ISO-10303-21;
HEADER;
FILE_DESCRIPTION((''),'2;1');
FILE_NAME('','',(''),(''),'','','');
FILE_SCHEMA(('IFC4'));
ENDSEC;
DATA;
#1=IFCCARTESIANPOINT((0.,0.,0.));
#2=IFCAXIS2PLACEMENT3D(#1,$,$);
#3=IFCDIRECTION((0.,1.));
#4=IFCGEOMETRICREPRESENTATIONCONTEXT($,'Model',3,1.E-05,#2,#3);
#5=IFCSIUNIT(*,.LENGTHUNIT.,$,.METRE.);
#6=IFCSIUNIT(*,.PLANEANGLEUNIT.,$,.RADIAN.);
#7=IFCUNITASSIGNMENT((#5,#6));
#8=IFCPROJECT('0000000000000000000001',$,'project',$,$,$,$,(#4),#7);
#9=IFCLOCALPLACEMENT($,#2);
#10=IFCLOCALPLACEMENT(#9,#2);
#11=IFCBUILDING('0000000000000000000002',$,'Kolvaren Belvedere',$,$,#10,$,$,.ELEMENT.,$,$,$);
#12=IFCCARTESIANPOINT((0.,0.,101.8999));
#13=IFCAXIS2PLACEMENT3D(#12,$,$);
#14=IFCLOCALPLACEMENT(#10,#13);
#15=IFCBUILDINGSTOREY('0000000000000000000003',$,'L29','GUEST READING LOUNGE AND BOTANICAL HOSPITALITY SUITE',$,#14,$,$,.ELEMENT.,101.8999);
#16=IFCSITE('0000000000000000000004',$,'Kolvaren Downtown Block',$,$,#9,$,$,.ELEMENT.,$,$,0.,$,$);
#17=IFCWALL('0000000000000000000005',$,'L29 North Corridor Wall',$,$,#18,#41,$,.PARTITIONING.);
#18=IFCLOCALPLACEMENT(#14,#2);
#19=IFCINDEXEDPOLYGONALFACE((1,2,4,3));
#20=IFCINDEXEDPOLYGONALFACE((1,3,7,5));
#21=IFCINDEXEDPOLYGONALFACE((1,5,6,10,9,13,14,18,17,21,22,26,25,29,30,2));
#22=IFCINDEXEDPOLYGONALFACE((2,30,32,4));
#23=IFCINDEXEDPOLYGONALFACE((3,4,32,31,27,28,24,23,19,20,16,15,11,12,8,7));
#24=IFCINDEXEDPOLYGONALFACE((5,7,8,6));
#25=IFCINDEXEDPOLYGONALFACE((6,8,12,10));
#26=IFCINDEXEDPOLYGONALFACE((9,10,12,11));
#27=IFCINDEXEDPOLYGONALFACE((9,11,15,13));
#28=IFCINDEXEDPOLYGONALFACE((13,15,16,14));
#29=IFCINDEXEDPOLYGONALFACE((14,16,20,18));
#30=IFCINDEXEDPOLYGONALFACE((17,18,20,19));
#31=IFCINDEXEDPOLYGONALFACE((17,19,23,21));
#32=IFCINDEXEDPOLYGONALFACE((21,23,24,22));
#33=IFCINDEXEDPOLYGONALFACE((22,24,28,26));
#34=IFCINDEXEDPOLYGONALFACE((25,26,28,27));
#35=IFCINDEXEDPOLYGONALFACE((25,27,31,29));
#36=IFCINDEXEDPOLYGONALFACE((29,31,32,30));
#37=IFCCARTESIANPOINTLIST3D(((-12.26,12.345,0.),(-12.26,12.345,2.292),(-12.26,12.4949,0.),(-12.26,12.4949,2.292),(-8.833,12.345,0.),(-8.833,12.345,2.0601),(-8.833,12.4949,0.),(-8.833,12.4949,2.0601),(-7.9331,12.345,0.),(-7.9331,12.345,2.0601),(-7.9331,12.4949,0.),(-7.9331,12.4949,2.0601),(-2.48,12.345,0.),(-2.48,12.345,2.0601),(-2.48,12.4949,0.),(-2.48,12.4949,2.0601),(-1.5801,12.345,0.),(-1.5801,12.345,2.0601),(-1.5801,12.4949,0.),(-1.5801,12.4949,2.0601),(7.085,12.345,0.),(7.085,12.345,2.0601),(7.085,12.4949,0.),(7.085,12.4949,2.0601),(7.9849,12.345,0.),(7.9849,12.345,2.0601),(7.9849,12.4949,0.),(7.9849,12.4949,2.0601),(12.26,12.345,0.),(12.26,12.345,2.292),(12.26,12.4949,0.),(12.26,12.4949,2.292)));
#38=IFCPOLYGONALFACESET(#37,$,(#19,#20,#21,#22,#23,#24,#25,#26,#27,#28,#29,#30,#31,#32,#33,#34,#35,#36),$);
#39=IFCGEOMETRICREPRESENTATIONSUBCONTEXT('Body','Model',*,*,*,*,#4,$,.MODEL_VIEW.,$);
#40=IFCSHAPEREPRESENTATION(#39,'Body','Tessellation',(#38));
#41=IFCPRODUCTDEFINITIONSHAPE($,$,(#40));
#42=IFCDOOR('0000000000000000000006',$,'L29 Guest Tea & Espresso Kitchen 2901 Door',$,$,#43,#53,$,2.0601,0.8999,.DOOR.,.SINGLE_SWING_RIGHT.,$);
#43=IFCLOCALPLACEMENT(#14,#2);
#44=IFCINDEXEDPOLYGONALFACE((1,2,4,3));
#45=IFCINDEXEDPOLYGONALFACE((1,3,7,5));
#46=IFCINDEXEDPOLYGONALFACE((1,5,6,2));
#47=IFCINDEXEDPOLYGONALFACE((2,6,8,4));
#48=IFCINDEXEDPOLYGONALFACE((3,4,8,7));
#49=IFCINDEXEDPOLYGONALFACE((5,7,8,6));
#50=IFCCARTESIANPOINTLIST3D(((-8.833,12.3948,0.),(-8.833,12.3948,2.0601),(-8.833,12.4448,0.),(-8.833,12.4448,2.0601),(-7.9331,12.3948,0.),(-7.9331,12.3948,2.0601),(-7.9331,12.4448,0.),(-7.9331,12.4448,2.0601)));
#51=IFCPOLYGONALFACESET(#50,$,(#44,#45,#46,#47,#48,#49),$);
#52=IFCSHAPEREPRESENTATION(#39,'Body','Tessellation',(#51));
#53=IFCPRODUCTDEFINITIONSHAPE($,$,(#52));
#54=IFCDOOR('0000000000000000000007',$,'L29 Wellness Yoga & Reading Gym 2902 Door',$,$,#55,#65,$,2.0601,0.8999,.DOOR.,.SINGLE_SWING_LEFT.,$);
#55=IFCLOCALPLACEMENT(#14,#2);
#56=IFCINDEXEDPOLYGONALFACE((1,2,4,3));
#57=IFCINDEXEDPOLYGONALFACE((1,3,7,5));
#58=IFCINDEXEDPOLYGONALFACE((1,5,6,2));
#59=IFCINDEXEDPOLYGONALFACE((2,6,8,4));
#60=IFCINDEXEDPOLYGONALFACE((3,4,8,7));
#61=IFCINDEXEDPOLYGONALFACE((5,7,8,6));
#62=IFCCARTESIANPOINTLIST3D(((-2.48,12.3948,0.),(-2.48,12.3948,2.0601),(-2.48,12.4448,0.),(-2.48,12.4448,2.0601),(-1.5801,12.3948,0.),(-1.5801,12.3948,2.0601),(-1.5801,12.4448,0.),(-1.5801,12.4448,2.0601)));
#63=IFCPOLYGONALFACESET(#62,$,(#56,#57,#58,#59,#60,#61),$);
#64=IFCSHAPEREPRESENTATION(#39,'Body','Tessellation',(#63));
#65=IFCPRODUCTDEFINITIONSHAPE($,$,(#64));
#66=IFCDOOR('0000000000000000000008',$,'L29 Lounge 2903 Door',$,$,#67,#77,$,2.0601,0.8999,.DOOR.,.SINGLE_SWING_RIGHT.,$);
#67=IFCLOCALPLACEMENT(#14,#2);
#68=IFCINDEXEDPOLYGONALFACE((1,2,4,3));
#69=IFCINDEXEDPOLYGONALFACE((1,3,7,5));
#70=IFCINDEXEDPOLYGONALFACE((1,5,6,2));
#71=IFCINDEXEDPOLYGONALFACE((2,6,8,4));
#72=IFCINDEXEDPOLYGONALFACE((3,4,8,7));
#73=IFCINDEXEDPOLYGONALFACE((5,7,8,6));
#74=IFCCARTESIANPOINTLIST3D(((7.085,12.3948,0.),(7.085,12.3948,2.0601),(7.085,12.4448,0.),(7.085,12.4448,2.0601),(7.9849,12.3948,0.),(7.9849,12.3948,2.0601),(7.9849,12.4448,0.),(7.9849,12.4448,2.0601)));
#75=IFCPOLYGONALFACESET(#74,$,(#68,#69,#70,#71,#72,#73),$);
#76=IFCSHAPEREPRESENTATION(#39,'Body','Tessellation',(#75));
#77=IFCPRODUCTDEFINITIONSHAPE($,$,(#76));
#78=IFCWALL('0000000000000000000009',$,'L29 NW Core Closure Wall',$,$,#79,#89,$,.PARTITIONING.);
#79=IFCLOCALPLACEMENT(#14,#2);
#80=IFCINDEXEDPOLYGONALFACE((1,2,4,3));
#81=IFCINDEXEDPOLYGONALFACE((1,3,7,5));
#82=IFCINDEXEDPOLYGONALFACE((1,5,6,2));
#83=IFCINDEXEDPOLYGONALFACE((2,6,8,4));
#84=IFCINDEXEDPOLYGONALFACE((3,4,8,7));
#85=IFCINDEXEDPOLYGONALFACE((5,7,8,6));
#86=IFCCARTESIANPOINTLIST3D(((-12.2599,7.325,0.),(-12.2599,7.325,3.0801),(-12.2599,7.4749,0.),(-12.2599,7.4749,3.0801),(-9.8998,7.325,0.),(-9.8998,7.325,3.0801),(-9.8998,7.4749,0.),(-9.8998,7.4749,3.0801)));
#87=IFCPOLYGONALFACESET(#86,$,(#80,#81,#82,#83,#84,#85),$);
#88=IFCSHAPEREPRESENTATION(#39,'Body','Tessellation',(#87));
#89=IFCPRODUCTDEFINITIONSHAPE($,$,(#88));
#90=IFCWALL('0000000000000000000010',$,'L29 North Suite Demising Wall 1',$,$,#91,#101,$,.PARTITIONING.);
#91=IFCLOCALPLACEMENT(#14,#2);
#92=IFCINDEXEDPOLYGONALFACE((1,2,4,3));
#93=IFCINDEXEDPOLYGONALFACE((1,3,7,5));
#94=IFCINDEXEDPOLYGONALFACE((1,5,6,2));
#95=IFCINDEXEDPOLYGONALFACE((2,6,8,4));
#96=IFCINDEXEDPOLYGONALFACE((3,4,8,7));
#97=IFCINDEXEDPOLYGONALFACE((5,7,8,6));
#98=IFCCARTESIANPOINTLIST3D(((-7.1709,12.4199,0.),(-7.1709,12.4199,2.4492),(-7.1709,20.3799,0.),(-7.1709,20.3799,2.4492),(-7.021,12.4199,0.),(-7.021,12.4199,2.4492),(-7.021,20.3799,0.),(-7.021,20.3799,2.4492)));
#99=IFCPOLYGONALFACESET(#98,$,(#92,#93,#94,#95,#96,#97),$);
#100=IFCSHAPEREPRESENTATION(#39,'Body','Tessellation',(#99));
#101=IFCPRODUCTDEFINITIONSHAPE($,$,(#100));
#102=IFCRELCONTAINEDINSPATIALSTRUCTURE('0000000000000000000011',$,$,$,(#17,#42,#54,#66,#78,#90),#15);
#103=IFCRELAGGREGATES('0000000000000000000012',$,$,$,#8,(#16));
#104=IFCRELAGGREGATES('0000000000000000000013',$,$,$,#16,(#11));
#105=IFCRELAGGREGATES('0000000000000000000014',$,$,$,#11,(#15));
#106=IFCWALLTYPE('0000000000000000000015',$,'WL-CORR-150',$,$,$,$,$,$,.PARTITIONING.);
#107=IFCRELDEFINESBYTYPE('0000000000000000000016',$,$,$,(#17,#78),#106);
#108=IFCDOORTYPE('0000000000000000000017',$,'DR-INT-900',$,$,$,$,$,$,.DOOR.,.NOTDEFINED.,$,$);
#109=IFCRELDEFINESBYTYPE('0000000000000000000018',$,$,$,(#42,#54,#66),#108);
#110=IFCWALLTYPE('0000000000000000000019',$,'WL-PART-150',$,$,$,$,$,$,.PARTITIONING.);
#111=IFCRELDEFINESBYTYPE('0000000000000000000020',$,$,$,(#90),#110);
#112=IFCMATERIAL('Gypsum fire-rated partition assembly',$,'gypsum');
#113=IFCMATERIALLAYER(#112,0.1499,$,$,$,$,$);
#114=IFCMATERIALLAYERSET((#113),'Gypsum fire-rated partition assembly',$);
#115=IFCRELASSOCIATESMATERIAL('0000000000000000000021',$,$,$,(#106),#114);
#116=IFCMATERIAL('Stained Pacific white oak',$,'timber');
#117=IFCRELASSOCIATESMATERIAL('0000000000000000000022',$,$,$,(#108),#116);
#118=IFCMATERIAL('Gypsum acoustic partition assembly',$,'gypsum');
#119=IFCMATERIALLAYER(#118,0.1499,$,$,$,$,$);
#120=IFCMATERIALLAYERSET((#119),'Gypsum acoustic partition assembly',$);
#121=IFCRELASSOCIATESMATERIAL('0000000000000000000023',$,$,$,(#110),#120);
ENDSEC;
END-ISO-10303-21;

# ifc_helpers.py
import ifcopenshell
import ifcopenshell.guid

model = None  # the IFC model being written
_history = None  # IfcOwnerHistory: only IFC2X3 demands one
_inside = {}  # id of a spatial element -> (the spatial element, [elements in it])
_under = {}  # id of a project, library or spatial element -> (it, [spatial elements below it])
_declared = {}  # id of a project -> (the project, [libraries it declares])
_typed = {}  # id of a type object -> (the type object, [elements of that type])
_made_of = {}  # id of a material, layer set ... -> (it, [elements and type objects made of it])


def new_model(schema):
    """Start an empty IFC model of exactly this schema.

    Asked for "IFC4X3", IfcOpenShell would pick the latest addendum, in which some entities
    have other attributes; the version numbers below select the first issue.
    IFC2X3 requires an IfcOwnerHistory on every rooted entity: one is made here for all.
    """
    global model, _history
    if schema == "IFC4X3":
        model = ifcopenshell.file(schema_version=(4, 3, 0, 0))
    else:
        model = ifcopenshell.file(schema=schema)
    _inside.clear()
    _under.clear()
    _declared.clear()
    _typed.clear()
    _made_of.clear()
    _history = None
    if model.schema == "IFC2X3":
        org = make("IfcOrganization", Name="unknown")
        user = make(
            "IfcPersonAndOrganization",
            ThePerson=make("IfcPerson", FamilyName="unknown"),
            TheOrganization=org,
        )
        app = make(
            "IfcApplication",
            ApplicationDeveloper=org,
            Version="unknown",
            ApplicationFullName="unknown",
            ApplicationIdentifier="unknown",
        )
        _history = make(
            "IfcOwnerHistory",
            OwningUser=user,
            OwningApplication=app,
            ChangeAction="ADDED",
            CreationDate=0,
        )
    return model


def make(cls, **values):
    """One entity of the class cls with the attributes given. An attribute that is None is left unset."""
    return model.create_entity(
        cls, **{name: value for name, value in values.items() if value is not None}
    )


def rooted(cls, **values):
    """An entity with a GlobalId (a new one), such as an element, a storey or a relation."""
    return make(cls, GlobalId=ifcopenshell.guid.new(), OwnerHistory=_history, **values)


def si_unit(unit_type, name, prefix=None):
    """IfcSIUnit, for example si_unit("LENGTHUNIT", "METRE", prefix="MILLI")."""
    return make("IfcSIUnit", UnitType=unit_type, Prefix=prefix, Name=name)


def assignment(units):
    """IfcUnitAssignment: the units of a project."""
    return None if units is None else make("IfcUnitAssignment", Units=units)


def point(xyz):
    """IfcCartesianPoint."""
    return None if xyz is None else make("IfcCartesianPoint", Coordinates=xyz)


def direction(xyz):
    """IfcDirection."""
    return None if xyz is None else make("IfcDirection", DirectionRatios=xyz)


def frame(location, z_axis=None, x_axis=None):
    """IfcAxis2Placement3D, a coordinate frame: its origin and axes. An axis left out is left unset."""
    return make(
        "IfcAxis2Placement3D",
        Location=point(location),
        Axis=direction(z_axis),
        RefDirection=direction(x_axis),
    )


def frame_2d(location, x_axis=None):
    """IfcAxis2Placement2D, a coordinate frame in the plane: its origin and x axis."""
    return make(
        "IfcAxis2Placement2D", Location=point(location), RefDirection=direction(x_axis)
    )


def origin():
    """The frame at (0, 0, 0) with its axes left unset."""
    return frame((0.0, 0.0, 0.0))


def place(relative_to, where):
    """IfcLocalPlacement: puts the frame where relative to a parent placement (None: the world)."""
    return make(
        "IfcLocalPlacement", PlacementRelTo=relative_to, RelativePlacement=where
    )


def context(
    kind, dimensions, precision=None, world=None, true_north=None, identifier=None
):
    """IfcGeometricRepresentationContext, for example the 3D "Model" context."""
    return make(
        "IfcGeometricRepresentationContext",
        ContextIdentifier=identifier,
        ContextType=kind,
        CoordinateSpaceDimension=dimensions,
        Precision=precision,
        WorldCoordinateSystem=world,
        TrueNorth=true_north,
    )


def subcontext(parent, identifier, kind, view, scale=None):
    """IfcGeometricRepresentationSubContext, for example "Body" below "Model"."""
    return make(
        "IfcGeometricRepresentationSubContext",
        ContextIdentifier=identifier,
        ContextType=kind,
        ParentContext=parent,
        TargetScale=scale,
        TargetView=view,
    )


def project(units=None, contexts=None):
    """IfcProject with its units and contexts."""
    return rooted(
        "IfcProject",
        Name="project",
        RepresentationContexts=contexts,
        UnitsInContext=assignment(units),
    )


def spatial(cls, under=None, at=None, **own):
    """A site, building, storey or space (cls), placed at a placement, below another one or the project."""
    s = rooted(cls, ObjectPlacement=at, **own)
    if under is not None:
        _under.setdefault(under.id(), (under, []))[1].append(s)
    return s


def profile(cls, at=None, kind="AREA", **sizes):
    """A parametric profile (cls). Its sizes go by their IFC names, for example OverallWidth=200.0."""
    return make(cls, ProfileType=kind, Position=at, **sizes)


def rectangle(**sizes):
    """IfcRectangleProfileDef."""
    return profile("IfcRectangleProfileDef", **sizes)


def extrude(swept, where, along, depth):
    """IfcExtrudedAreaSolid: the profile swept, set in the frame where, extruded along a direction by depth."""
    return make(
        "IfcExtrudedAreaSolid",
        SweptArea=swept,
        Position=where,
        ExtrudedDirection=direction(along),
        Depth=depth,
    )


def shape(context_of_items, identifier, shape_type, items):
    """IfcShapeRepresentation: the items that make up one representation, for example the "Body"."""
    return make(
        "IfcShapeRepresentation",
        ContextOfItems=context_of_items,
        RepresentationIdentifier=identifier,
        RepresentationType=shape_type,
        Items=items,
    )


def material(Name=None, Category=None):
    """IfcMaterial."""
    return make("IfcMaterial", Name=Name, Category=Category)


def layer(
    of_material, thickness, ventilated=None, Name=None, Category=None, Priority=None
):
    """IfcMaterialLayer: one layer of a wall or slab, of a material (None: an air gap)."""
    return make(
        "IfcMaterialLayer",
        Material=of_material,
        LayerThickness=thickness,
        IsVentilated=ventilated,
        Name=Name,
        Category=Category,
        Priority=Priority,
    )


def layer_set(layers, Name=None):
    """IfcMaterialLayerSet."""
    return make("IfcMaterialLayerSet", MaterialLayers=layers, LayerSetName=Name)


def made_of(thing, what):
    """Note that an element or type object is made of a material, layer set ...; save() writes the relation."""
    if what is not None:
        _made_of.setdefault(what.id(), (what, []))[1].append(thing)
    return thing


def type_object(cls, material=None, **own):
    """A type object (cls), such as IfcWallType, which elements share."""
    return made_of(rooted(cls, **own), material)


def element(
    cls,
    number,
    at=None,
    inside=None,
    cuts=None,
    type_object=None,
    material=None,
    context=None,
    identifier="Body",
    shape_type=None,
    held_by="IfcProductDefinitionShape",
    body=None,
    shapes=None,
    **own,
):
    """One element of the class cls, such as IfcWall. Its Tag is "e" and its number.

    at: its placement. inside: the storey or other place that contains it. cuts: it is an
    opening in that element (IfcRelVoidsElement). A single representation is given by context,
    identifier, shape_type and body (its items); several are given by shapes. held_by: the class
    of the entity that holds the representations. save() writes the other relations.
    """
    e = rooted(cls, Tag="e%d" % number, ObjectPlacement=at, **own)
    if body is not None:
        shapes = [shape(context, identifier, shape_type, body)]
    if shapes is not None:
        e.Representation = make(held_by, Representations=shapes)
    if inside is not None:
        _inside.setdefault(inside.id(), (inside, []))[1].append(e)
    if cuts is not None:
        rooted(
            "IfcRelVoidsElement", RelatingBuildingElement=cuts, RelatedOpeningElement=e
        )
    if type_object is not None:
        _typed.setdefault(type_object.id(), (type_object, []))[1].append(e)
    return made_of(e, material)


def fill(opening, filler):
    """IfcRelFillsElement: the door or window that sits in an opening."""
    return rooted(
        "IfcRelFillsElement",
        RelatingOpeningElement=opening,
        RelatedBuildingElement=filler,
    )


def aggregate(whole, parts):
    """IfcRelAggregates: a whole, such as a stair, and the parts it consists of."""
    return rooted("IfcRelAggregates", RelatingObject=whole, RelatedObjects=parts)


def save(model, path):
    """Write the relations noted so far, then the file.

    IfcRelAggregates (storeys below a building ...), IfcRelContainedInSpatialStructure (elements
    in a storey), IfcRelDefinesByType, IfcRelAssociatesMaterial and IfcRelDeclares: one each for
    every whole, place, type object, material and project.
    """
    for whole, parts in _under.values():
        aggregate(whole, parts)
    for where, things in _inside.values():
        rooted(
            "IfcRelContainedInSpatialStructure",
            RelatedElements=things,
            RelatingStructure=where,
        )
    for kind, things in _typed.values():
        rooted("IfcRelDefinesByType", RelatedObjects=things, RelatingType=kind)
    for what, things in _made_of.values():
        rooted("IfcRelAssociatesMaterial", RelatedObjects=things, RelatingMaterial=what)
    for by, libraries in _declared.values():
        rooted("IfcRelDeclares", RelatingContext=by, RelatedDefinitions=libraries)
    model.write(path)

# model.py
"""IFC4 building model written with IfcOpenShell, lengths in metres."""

from ifc_helpers import new_model, si_unit, direction, frame, frame_2d, origin, place, context, subcontext, project, spatial, rectangle, extrude, material, layer, layer_set, type_object, element, fill, save


model = new_model("IFC4")

# Units and contexts
model_context = context("Model", 3, precision=1e-05, world=origin(), true_north=direction((0.0, 1.0)))
body_context = subcontext(model_context, "Body", "Model", "MODEL_VIEW")
ifc_project = project(units=[si_unit("LENGTHUNIT", "METRE"), si_unit("PLANEANGLEUNIT", "RADIAN")], contexts=[model_context])

# Site, building, storey
site_placement = place(None, origin())
site = spatial("IfcSite", under=ifc_project, at=site_placement, Name="Kolvaren Downtown Block", CompositionType="ELEMENT", RefElevation=0.0)
building_placement = place(site_placement, origin())
building = spatial("IfcBuilding", under=site, at=building_placement, Name="Kolvaren Belvedere", CompositionType="ELEMENT")
storey_placement = place(building_placement, frame((0.0, 0.0, 101.8999)))
storey = spatial("IfcBuildingStorey", under=building, at=storey_placement, Name="L29", Description="GUEST READING LOUNGE AND BOTANICAL HOSPITALITY SUITE", CompositionType="ELEMENT", Elevation=101.8999)

# Wall, openings, doors
ifc_material_1 = material(Name="Gypsum fire-rated partition assembly", Category="gypsum")
ifc_layer_1 = layer(ifc_material_1, 0.1499)
ifc_layer_set_1 = layer_set([ifc_layer_1], Name="Gypsum fire-rated partition assembly")
wall_type_1 = type_object("IfcWallType", Name="WL-CORR-150", PredefinedType="PARTITIONING", material=ifc_layer_set_1)
wall_1_placement = place(storey_placement, frame((-12.26, 12.4199, 0.0), z_axis=(0.0, 0.0, 1.0), x_axis=(1.0, 0.0, 0.0)))
wall_1 = element("IfcWall", 1, at=wall_1_placement, inside=storey, type_object=wall_type_1, Name="L29 North Corridor Wall", PredefinedType="PARTITIONING", context=body_context, shape_type="SweptSolid", body=[
    extrude(rectangle(XDim=24.52, YDim=0.1499, at=frame_2d((12.26, 0.0))), origin(), (0.0, 0.0, 1.0), 2.292),
])
opening_1_placement = place(wall_1_placement, frame((3.427, 0.0, 0.0)))
opening_1 = element("IfcOpeningElement", 2, at=opening_1_placement, cuts=wall_1, PredefinedType="OPENING", context=body_context, shape_type="SweptSolid", body=[
    extrude(rectangle(XDim=0.8999, YDim=2.0601, at=frame_2d((0.45, 1.03))), frame((0.0, 0.085, 0.0), z_axis=(0.0, -1.0, 0.0), x_axis=(1.0, 0.0, 0.0)), (0.0, 0.0, 1.0), 0.1699),
])
opening_2_placement = place(wall_1_placement, frame((9.78, 0.0, 0.0)))
opening_2 = element("IfcOpeningElement", 3, at=opening_2_placement, cuts=wall_1, PredefinedType="OPENING", context=body_context, shape_type="SweptSolid", body=[
    extrude(rectangle(XDim=0.8999, YDim=2.0601, at=frame_2d((0.45, 1.03))), frame((0.0, 0.085, 0.0), z_axis=(0.0, -1.0, 0.0), x_axis=(1.0, 0.0, 0.0)), (0.0, 0.0, 1.0), 0.1699),
])
opening_3_placement = place(wall_1_placement, frame((19.345, 0.0, 0.0)))
opening_3 = element("IfcOpeningElement", 4, at=opening_3_placement, cuts=wall_1, PredefinedType="OPENING", context=body_context, shape_type="SweptSolid", body=[
    extrude(rectangle(XDim=0.8999, YDim=2.0601, at=frame_2d((0.45, 1.03))), frame((0.0, 0.085, 0.0), z_axis=(0.0, -1.0, 0.0), x_axis=(1.0, 0.0, 0.0)), (0.0, 0.0, 1.0), 0.1699),
])
ifc_material_2 = material(Name="Stained Pacific white oak", Category="timber")
door_type = type_object("IfcDoorType", Name="DR-INT-900", OperationType="NOTDEFINED", PredefinedType="DOOR", material=ifc_material_2)
door_1_placement = place(opening_1_placement, origin())
door_1 = element("IfcDoor", 5, at=door_1_placement, inside=storey, type_object=door_type, Name="L29 Guest Tea & Espresso Kitchen 2901 Door", OperationType="SINGLE_SWING_RIGHT", OverallHeight=2.0601, OverallWidth=0.8999, PredefinedType="DOOR", context=body_context, shape_type="SweptSolid", body=[
    extrude(rectangle(XDim=0.8999, YDim=2.0601, at=frame_2d((0.45, 1.03))), frame((0.0, 0.0249, 0.0), z_axis=(0.0, -1.0, 0.0), x_axis=(1.0, 0.0, 0.0)), (0.0, 0.0, 1.0), 0.05),
])
fill(opening_1, door_1)
door_2_placement = place(opening_2_placement, origin())
door_2 = element("IfcDoor", 6, at=door_2_placement, inside=storey, type_object=door_type, Name="L29 Wellness Yoga & Reading Gym 2902 Door", OperationType="SINGLE_SWING_LEFT", OverallHeight=2.0601, OverallWidth=0.8999, PredefinedType="DOOR", context=body_context, shape_type="SweptSolid", body=[
    extrude(rectangle(XDim=0.8999, YDim=2.0601, at=frame_2d((0.45, 1.03))), frame((0.0, 0.0249, 0.0), z_axis=(0.0, -1.0, 0.0), x_axis=(1.0, 0.0, 0.0)), (0.0, 0.0, 1.0), 0.05),
])
fill(opening_2, door_2)
door_3_placement = place(opening_3_placement, origin())
door_3 = element("IfcDoor", 7, at=door_3_placement, inside=storey, type_object=door_type, Name="L29 Lounge 2903 Door", OperationType="SINGLE_SWING_RIGHT", OverallHeight=2.0601, OverallWidth=0.8999, PredefinedType="DOOR", context=body_context, shape_type="SweptSolid", body=[
    extrude(rectangle(XDim=0.8999, YDim=2.0601, at=frame_2d((0.45, 1.03))), frame((0.0, 0.0249, 0.0), z_axis=(0.0, -1.0, 0.0), x_axis=(1.0, 0.0, 0.0)), (0.0, 0.0, 1.0), 0.05),
])
fill(opening_3, door_3)

# Walls
wall_2_placement = place(storey_placement, frame((-12.26, 7.3999, 0.0), z_axis=(0.0, 0.0, 1.0), x_axis=(1.0, 0.0, 0.0)))
element("IfcWall", 8, at=wall_2_placement, inside=storey, type_object=wall_type_1, Name="L29 NW Core Closure Wall", PredefinedType="PARTITIONING", context=body_context, shape_type="SweptSolid", body=[
    extrude(rectangle(XDim=2.3601, YDim=0.1499, at=frame_2d((1.1802, 0.0))), origin(), (0.0, 0.0, 1.0), 3.0801),
])
ifc_material_3 = material(Name="Gypsum acoustic partition assembly", Category="gypsum")
ifc_layer_2 = layer(ifc_material_3, 0.1499)
ifc_layer_set_2 = layer_set([ifc_layer_2], Name="Gypsum acoustic partition assembly")
wall_type_2 = type_object("IfcWallType", Name="WL-PART-150", PredefinedType="PARTITIONING", material=ifc_layer_set_2)
wall_3_placement = place(storey_placement, frame((-7.0959, 12.4199, 0.0), z_axis=(0.0, 0.0, 1.0), x_axis=(0.0, 1.0, 0.0)))
element("IfcWall", 9, at=wall_3_placement, inside=storey, type_object=wall_type_2, Name="L29 North Suite Demising Wall 1", PredefinedType="PARTITIONING", context=body_context, shape_type="SweptSolid", body=[
    extrude(rectangle(XDim=7.96, YDim=0.1499, at=frame_2d((3.98, 0.0))), origin(), (0.0, 0.0, 1.0), 2.4492),
])

save(model, "model.ifc")
